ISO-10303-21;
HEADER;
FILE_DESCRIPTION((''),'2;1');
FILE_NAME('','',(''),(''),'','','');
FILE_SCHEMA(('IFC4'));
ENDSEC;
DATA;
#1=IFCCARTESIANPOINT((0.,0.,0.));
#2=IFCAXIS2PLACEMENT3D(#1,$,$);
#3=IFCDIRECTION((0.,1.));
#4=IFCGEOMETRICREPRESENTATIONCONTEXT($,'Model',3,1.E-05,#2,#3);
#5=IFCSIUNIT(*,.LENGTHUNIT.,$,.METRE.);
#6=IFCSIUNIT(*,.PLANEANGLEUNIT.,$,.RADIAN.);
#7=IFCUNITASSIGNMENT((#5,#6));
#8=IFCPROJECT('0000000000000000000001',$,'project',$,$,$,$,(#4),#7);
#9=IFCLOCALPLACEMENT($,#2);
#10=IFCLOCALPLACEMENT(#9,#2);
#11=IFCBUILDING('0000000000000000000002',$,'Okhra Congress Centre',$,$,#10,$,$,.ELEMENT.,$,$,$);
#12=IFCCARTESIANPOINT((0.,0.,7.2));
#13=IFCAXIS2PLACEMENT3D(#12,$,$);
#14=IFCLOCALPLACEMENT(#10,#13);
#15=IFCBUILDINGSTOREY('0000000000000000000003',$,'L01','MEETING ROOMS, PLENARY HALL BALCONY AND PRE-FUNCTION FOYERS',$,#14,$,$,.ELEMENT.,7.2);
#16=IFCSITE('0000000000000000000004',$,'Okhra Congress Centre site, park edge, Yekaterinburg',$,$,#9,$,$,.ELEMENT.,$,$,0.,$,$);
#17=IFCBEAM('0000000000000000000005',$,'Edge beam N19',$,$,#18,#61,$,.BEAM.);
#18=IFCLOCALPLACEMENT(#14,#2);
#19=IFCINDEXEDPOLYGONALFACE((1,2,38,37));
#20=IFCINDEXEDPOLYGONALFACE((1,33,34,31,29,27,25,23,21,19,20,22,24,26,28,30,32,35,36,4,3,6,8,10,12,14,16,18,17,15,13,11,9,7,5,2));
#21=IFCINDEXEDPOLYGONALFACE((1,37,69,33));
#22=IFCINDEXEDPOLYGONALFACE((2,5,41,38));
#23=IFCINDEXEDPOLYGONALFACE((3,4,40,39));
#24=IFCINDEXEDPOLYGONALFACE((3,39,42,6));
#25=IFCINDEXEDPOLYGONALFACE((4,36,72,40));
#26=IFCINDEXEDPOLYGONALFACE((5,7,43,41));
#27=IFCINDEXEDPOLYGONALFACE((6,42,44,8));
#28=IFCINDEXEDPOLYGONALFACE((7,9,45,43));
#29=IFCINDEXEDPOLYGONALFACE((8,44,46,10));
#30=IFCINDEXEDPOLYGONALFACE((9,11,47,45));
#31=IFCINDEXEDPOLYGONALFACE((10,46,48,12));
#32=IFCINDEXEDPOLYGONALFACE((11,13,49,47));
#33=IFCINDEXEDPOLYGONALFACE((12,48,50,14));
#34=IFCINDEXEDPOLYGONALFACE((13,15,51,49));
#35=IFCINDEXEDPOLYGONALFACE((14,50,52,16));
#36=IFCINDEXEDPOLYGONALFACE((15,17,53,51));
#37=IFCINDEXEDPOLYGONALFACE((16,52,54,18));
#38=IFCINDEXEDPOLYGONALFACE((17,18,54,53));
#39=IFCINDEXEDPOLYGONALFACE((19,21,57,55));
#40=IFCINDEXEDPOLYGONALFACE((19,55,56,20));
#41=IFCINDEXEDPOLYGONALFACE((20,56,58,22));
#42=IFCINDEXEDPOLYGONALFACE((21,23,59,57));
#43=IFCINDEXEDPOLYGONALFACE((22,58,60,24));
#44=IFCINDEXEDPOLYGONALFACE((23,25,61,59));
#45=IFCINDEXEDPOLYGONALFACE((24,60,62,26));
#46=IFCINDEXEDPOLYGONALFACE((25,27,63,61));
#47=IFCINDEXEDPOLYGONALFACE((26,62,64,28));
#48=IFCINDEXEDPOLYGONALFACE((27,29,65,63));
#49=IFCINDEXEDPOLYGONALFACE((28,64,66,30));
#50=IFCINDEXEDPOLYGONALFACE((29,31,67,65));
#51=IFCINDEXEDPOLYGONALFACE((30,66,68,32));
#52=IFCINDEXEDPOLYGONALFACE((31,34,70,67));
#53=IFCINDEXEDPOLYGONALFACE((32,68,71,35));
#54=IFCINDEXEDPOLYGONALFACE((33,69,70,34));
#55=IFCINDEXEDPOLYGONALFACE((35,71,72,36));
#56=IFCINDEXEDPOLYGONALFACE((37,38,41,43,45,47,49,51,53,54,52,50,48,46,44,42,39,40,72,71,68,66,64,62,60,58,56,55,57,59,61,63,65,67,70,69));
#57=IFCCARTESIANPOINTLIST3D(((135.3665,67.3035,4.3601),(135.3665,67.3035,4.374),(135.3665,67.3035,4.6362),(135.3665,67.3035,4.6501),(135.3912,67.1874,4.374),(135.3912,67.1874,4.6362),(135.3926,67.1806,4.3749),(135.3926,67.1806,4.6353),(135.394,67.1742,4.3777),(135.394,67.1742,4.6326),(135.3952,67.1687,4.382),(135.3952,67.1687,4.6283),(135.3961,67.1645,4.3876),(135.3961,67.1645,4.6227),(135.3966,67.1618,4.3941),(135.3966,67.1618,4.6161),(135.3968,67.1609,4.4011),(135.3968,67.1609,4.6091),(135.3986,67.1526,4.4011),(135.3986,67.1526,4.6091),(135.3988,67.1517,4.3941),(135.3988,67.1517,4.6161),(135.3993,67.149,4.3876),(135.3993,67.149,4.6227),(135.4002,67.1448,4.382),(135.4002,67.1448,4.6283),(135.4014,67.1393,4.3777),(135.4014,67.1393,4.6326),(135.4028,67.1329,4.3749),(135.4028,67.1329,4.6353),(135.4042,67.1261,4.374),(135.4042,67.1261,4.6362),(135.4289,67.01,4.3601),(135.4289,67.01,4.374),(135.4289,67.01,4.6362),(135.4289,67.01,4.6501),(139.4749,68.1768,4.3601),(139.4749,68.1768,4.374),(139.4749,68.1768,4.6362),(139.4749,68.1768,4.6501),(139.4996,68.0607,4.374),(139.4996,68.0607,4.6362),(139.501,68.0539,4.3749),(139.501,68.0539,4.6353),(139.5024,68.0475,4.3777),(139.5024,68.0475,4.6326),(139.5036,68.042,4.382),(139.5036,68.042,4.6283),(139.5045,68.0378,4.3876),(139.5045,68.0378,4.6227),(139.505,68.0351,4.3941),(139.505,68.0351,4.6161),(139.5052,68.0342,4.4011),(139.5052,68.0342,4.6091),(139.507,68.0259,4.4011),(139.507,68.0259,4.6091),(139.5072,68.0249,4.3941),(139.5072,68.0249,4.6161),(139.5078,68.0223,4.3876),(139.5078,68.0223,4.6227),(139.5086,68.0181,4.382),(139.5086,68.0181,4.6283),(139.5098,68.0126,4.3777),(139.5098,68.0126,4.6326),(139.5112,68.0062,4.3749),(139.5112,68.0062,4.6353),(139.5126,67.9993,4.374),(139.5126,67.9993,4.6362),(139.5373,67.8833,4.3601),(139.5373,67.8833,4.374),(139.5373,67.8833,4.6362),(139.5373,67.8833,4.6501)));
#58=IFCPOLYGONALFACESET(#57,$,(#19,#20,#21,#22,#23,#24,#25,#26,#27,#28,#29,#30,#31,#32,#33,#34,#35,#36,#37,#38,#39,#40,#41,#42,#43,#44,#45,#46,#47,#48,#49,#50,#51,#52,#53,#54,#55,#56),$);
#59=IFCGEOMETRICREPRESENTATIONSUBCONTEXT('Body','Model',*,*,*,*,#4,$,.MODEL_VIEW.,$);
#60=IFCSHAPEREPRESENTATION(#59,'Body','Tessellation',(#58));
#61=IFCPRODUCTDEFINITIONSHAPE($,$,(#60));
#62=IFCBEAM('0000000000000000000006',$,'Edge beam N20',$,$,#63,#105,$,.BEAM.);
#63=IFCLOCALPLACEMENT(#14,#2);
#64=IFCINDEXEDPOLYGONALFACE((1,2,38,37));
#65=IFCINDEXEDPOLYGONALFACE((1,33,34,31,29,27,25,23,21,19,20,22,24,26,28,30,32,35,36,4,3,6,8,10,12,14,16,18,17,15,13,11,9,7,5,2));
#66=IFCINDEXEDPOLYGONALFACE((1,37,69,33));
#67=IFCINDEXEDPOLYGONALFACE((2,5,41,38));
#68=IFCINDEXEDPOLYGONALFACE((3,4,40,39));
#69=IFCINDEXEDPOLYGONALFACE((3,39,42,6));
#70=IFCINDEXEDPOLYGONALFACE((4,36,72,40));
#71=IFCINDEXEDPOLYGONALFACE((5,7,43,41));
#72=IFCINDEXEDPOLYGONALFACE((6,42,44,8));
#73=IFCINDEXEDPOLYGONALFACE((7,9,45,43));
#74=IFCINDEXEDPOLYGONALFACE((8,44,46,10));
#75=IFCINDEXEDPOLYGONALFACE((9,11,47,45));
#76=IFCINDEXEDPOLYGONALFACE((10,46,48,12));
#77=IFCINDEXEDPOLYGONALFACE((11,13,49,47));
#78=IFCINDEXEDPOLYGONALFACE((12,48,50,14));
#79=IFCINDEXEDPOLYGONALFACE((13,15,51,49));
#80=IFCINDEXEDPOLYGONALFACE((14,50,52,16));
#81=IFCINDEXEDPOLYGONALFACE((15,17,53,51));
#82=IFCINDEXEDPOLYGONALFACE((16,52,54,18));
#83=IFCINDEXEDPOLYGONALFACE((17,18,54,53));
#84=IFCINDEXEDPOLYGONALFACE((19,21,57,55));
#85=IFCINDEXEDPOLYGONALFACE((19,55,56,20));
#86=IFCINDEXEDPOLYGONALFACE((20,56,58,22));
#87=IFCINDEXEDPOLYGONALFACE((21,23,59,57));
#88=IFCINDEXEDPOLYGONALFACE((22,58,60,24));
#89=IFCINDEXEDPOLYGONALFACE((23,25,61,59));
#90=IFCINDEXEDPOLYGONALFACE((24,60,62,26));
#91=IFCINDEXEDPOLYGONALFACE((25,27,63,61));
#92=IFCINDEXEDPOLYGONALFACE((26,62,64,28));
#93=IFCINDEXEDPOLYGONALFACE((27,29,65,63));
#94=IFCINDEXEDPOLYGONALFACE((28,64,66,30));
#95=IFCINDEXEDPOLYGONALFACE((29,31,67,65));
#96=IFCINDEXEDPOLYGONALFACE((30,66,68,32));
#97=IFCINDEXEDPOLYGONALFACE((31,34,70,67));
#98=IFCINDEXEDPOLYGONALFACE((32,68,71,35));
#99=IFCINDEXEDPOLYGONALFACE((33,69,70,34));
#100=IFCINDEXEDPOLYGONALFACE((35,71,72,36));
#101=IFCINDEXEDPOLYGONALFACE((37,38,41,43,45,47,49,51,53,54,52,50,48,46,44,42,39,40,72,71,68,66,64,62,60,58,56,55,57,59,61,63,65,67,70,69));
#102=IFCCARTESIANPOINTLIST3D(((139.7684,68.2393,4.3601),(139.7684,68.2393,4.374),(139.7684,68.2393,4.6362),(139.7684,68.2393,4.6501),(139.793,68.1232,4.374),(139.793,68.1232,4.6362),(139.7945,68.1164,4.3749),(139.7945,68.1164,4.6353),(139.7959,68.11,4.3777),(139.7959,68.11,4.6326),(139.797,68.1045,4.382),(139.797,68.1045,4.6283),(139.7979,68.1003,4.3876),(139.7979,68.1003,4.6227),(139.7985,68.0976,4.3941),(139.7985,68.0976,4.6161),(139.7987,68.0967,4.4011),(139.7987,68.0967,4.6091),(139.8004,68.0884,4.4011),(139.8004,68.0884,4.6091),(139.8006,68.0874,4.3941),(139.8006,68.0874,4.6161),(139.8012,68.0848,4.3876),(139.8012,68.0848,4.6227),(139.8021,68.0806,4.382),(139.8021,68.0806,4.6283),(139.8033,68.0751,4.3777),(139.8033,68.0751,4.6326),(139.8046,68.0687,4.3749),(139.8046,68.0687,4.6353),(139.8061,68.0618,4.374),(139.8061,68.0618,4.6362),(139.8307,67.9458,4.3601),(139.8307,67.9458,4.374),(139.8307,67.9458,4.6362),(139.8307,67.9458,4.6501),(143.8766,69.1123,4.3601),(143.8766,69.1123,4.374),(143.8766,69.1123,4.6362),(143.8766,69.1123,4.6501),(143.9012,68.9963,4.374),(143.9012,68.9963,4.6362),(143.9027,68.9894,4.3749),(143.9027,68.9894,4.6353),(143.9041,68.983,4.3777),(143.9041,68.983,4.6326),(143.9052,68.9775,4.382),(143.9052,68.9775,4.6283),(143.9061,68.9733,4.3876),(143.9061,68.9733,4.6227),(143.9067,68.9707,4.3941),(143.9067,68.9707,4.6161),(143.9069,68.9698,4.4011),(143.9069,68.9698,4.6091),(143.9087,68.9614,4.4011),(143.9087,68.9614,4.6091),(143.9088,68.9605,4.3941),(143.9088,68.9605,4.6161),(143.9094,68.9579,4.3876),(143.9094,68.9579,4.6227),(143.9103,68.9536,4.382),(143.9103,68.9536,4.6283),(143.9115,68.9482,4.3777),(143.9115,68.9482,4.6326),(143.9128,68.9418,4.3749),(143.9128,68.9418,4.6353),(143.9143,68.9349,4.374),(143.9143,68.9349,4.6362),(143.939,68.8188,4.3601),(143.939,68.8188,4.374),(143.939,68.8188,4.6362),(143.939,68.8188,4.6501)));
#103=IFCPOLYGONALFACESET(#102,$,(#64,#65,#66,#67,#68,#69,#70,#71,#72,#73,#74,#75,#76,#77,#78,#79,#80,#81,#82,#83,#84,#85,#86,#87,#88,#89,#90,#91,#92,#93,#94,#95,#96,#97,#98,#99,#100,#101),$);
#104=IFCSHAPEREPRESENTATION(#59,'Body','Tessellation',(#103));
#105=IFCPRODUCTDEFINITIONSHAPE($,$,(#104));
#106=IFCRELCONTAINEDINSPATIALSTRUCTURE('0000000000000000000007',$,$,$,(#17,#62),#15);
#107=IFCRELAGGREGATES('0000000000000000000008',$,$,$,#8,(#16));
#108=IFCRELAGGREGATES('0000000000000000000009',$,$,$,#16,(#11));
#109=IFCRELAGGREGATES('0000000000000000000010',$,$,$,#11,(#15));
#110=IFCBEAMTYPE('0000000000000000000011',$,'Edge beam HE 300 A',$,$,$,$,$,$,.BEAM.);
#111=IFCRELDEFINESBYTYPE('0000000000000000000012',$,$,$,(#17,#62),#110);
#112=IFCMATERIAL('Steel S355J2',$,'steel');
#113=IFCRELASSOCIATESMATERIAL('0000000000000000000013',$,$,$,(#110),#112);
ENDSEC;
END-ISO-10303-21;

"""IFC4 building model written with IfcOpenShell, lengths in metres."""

from ifc_helpers import new_model, si_unit, direction, frame, origin, origin_2d, place, context, subcontext, project, spatial, i_section, extrude, material, material_profile, profile_set, type_object, element, save


model = new_model("IFC4")

# Units and contexts
model_context = context("Model", 3, precision=1e-05, world=origin(), true_north=direction((0.0, 1.0)))
body_context = subcontext(model_context, "Body", "Model", "MODEL_VIEW")
ifc_project = project(units=[si_unit("LENGTHUNIT", "METRE"), si_unit("PLANEANGLEUNIT", "RADIAN")], contexts=[model_context])

# Site, building, storey
site_placement = place(None, origin())
site = spatial("IfcSite", under=ifc_project, at=site_placement, Name="Okhra Congress Centre site, park edge, Yekaterinburg", CompositionType="ELEMENT", RefElevation=0.0)
building_placement = place(site_placement, origin())
building = spatial("IfcBuilding", under=site, at=building_placement, Name="Okhra Congress Centre", CompositionType="ELEMENT")
storey_placement = place(building_placement, frame((0.0, 0.0, 7.2)))
storey = spatial("IfcBuildingStorey", under=building, at=storey_placement, Name="L01", Description="MEETING ROOMS, PLENARY HALL BALCONY AND PRE-FUNCTION FOYERS", CompositionType="ELEMENT", Elevation=7.2)

# Shared definitions
ifc_material_1 = material(Name="Steel S355J2", Category="steel")

# Beams
ifc_material_profile_1 = material_profile(ifc_material_1, i_section(OverallWidth=0.3, OverallDepth=0.29, WebThickness=0.0085, FlangeThickness=0.0139, FilletRadius=0.0271, at=origin_2d()), Name="HE 300 A")
ifc_profile_set_1 = profile_set([ifc_material_profile_1], Name="Steel S355J2")
beam_type = type_object("IfcBeamType", Name="Edge beam HE 300 A", PredefinedType="BEAM", material=ifc_profile_set_1)
beam_1_placement = place(storey_placement, frame((135.3977, 67.1567, 4.5051), z_axis=(0.978146, 0.207917, 0.0), x_axis=(-0.207917, 0.978146, 0.0)))
element("IfcBeam", 1, at=beam_1_placement, inside=storey, type_object=beam_type, Name="Edge beam N19", PredefinedType="BEAM", context=body_context, shape_type="SweptSolid", body=[
    extrude(i_section(OverallWidth=0.3, OverallDepth=0.29, WebThickness=0.0085, FlangeThickness=0.0139, FilletRadius=0.0271, at=origin_2d()), origin(), (0.0, 0.0, 1.0), 4.2002),
])
beam_2_placement = place(storey_placement, frame((139.7996, 68.0925, 4.5051), z_axis=(0.978156, 0.207873, 0.0), x_axis=(-0.207873, 0.978156, 0.0)))
element("IfcBeam", 2, at=beam_2_placement, inside=storey, type_object=beam_type, Name="Edge beam N20", PredefinedType="BEAM", context=body_context, shape_type="SweptSolid", body=[
    extrude(i_section(OverallWidth=0.3, OverallDepth=0.29, WebThickness=0.0085, FlangeThickness=0.0139, FilletRadius=0.0271, at=origin_2d()), origin(), (0.0, 0.0, 1.0), 4.2),
])

save(model, "model.ifc")
